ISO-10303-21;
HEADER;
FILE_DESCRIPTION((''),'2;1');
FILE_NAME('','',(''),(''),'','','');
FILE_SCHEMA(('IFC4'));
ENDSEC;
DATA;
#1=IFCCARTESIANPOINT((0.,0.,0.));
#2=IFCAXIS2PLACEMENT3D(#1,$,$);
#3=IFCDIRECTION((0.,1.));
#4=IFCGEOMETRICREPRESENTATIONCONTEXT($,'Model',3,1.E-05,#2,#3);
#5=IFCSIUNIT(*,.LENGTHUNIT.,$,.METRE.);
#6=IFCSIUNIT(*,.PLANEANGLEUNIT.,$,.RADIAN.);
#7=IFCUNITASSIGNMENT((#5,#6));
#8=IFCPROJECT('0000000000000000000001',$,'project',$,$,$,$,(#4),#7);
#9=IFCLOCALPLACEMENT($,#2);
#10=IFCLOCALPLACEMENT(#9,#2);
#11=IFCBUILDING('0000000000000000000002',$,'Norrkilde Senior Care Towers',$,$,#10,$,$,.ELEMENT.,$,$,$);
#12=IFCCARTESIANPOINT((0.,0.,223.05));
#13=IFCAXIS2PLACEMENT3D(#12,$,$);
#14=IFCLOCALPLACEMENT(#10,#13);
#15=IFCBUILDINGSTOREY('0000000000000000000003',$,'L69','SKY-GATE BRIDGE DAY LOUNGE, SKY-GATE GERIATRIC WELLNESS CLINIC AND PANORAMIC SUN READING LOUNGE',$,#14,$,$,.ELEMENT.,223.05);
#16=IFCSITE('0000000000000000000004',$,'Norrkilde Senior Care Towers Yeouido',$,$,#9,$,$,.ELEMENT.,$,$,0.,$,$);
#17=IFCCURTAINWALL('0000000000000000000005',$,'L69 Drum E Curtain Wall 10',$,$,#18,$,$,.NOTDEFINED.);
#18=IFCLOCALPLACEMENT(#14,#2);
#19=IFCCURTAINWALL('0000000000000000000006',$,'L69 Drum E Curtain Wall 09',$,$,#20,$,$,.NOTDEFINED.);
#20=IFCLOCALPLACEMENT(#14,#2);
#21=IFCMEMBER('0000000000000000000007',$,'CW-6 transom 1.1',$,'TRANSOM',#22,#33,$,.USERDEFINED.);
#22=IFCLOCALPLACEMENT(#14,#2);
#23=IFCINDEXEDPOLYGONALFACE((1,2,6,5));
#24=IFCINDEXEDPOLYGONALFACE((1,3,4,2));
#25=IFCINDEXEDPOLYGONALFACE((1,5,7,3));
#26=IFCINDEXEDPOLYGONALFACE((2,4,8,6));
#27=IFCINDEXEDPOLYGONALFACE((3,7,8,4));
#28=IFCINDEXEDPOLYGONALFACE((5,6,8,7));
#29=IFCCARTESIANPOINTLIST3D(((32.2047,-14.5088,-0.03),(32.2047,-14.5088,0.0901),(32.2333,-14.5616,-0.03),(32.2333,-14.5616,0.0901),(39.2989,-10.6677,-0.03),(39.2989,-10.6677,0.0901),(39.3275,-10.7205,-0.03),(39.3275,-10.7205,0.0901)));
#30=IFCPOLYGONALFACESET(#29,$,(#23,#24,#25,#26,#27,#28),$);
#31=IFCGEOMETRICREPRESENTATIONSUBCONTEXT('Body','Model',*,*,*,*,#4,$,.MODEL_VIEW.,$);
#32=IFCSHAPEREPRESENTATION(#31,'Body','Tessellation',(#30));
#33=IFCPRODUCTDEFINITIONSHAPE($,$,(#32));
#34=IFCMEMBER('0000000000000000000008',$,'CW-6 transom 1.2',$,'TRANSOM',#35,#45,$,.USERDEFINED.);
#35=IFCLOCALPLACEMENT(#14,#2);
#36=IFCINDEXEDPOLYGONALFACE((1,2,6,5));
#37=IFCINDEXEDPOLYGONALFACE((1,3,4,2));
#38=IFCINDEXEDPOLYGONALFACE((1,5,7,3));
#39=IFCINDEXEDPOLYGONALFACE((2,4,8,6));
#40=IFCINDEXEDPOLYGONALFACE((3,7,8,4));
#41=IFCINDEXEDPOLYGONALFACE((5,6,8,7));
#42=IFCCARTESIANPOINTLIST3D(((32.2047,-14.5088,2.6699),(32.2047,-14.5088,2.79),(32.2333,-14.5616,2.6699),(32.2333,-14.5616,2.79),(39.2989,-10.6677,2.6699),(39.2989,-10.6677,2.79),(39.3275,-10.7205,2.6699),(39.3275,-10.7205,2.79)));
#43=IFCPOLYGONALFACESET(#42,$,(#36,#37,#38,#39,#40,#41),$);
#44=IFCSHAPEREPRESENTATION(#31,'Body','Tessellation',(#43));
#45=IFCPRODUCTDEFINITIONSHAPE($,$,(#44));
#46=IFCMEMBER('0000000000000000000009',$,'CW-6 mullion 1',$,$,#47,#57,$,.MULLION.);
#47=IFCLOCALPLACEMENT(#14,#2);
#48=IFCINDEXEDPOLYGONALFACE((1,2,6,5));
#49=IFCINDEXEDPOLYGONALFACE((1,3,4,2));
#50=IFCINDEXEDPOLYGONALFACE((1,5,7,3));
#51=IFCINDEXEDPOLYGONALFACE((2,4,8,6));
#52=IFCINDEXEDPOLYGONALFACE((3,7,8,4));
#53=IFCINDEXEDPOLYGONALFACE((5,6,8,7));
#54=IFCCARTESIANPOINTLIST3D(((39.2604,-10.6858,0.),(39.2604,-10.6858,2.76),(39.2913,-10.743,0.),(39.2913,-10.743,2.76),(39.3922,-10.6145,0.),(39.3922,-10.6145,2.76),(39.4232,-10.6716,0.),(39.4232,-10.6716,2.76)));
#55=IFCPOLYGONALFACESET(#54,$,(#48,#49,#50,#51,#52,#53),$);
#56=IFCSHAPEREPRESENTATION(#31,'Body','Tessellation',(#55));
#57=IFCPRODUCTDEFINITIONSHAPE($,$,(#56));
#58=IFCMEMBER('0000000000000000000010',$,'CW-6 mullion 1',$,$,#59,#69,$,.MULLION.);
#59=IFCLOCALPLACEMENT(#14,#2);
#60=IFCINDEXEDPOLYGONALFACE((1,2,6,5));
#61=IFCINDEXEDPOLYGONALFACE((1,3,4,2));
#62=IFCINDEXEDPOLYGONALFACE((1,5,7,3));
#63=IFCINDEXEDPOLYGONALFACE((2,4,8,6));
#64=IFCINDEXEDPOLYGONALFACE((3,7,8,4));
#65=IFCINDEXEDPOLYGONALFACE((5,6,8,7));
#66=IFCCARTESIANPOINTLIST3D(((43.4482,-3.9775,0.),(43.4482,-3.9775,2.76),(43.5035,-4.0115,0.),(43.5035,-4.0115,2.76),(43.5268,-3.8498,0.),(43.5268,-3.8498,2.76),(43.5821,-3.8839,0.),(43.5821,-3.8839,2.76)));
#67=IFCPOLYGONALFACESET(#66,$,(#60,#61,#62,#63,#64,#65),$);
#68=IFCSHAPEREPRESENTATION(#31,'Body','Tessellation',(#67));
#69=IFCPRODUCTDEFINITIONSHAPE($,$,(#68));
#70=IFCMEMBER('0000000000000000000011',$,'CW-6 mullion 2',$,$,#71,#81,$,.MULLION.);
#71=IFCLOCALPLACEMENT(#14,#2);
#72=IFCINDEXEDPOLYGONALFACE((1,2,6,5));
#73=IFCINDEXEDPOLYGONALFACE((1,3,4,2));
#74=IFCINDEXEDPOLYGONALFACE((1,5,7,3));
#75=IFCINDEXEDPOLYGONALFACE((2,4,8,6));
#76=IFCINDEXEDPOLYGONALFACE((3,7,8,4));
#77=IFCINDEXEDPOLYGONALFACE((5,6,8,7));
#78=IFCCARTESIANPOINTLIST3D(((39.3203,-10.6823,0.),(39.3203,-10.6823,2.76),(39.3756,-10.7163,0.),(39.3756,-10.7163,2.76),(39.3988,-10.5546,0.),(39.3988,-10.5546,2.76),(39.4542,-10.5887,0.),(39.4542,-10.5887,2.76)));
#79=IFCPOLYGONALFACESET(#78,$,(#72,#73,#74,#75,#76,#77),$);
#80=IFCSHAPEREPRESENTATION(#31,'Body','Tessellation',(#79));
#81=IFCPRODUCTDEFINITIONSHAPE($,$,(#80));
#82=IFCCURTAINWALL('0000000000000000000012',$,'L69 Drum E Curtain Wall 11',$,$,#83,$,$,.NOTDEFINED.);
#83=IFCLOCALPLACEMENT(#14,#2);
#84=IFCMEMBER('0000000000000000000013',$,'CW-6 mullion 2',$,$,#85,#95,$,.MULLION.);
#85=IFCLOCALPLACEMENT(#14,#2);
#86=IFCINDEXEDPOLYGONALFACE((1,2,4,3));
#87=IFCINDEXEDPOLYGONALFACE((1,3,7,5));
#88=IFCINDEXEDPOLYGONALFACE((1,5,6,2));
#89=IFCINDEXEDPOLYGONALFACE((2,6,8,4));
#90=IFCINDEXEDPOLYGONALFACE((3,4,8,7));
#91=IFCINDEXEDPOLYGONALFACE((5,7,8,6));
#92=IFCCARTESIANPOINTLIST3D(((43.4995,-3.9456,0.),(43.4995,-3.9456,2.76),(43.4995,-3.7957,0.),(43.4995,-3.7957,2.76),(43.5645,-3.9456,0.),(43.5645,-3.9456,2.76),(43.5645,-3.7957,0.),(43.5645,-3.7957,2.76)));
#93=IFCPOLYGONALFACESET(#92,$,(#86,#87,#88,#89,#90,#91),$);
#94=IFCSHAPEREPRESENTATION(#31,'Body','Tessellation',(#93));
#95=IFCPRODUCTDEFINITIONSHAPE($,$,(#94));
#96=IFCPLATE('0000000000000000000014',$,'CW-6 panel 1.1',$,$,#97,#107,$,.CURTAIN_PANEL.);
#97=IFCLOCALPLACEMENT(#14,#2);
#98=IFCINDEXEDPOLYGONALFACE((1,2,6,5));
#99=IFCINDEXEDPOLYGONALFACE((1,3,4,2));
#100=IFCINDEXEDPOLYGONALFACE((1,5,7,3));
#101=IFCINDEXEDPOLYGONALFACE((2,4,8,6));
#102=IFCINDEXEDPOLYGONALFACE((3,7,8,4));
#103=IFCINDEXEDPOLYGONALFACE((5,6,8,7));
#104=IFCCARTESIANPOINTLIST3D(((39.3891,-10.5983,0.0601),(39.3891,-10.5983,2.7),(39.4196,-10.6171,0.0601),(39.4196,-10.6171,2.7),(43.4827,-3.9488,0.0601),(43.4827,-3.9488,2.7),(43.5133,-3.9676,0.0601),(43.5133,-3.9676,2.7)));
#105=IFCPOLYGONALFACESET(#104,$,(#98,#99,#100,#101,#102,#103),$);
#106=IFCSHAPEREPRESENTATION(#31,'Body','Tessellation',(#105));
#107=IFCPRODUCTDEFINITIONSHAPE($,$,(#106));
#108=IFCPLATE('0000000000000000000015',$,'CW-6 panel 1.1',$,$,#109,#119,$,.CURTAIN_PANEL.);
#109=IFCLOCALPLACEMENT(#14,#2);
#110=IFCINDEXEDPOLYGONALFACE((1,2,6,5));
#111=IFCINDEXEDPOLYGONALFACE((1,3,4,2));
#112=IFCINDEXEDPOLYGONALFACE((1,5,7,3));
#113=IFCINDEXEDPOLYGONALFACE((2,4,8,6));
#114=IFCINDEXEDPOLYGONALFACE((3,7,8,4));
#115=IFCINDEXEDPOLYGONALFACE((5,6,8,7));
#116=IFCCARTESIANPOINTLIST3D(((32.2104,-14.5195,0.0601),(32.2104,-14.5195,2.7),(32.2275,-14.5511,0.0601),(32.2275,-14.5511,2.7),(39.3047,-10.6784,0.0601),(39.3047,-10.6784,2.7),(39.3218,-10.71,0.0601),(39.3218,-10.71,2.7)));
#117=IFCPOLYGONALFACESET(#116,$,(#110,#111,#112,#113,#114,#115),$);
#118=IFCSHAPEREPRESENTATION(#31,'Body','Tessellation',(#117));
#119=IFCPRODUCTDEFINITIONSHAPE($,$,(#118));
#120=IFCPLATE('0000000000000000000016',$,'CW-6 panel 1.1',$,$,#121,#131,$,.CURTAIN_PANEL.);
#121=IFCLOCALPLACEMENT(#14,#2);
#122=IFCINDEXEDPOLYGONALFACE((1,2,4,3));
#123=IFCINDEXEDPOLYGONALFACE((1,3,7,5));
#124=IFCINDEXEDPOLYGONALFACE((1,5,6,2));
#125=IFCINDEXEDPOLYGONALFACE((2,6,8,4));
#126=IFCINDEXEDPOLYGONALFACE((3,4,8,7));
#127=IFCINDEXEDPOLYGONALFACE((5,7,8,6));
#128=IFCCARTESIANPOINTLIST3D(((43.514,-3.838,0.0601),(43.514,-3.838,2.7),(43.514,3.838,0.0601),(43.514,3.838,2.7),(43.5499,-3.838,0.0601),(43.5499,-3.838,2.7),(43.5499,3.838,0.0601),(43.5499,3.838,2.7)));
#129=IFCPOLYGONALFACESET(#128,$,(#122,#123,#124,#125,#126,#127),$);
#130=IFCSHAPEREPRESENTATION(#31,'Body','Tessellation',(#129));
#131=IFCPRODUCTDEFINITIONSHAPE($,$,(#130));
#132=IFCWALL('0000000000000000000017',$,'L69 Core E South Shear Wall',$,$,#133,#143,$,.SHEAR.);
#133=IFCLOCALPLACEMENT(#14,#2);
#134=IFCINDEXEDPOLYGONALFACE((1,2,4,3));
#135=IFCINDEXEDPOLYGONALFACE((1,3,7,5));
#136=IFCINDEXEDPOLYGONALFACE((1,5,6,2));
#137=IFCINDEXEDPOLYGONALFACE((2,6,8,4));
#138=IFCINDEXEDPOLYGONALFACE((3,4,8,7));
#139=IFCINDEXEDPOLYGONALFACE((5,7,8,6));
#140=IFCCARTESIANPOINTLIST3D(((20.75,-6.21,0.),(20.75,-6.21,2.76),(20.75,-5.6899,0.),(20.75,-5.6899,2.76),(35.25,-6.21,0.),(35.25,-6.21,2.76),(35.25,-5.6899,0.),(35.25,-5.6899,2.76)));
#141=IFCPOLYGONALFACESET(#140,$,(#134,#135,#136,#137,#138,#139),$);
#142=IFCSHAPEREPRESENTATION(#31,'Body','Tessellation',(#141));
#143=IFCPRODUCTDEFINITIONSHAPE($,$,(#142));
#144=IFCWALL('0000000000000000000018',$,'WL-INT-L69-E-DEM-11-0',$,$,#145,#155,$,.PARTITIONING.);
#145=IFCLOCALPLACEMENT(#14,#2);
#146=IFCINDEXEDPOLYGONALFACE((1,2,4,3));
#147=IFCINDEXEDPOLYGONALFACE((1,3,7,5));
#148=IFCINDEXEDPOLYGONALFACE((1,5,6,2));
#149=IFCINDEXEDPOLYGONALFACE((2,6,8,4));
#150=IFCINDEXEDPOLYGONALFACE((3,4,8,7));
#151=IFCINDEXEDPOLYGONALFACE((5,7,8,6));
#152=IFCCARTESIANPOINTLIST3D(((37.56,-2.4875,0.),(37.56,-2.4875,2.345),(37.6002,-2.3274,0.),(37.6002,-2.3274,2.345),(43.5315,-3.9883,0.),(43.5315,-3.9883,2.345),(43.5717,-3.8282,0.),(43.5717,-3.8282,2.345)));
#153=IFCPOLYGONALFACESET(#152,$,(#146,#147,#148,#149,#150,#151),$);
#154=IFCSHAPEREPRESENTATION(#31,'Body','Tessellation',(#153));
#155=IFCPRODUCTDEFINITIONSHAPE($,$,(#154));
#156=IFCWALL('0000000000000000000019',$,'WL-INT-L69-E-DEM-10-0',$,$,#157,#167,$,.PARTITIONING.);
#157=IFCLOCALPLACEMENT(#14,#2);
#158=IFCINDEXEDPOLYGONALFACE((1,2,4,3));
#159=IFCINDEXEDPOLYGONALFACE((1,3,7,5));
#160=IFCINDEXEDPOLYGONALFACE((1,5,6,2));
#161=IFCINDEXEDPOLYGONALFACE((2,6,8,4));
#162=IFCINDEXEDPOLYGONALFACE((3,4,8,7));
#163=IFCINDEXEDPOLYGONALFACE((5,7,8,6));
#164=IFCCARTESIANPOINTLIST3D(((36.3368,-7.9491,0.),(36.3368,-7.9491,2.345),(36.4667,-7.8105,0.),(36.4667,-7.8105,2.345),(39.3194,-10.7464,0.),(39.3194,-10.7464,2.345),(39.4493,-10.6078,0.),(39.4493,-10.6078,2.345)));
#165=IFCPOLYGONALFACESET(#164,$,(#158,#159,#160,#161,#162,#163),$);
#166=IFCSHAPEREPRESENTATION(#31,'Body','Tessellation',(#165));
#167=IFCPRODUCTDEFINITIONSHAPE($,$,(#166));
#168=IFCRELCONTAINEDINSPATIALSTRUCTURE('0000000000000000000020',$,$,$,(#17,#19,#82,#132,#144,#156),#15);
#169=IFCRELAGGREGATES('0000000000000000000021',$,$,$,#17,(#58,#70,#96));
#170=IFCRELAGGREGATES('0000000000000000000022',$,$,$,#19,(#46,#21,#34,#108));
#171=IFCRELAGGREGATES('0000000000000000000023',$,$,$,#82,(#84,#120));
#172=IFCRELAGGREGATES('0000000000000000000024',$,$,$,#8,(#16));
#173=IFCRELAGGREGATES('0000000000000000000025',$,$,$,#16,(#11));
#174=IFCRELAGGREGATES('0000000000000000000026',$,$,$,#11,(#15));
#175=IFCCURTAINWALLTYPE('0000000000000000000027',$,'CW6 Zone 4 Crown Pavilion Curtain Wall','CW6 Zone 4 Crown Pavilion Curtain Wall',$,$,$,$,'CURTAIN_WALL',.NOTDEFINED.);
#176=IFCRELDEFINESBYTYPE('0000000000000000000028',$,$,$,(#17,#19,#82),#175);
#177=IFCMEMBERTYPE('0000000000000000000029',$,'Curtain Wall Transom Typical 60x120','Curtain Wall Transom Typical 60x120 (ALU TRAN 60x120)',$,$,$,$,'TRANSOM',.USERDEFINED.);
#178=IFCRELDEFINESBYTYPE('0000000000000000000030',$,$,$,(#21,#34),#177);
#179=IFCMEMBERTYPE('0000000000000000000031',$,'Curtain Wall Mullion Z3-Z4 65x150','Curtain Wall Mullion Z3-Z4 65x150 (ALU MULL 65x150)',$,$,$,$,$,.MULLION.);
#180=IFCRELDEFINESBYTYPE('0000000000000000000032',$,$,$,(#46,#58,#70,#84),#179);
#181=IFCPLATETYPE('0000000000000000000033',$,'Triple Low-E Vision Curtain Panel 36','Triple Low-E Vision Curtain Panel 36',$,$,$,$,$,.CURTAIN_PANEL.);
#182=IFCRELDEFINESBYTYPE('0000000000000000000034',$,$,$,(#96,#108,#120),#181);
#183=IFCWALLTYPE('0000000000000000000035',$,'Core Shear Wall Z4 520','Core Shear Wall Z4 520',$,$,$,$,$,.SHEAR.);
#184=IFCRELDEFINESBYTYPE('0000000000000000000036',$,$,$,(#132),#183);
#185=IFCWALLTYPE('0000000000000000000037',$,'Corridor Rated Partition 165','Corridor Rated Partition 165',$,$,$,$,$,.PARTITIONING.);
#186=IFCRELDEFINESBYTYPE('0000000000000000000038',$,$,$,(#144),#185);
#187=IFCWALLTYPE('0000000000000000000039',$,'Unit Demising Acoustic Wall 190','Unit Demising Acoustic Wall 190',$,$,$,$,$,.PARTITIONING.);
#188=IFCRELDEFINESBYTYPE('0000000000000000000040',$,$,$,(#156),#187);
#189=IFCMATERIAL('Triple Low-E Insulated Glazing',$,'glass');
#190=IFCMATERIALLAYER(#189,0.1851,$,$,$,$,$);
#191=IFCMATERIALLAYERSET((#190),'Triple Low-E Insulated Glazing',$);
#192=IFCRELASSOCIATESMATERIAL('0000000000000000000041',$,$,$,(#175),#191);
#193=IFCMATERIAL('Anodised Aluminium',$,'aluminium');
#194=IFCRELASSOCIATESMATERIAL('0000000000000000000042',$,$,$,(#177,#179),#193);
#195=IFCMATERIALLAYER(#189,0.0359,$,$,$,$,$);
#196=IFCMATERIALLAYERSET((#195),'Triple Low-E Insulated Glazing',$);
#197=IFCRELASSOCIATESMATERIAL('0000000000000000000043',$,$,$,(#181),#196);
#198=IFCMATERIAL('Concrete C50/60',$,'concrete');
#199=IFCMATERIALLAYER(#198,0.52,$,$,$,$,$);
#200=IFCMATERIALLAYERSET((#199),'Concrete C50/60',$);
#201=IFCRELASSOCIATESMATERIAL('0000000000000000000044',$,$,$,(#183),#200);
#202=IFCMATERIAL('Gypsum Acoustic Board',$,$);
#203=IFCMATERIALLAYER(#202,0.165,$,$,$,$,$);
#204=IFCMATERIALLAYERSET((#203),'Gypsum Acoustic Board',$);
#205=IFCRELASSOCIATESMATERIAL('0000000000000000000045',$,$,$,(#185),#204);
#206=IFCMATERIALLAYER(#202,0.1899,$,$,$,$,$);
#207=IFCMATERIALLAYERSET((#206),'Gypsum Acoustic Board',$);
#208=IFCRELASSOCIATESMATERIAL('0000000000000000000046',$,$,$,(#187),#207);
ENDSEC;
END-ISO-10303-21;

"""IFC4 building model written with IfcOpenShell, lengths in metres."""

from ifc_helpers import new_model, si_unit, direction, frame, frame_2d, origin, origin_2d, place, context, subcontext, project, spatial, rectangle, extrude, source, transform, mapped, material, layer, layer_set, material_profile, profile_set, type_object, type_shapes, element, aggregate, save


model = new_model("IFC4")

# Units and contexts
model_context = context("Model", 3, precision=1e-05, world=origin(), true_north=direction((0.0, 1.0)))
body_context = subcontext(model_context, "Body", "Model", "MODEL_VIEW")
ifc_project = project(units=[si_unit("LENGTHUNIT", "METRE"), si_unit("PLANEANGLEUNIT", "RADIAN")], contexts=[model_context])

# Site, building, storey
site_placement = place(None, origin())
site = spatial("IfcSite", under=ifc_project, at=site_placement, Name="Norrkilde Senior Care Towers Yeouido", CompositionType="ELEMENT", RefElevation=0.0)
building_placement = place(site_placement, origin())
building = spatial("IfcBuilding", under=site, at=building_placement, Name="Norrkilde Senior Care Towers", CompositionType="ELEMENT")
storey_placement = place(building_placement, frame((0.0, 0.0, 223.05)))
storey = spatial("IfcBuildingStorey", under=building, at=storey_placement, Name="L69", Description="SKY-GATE BRIDGE DAY LOUNGE, SKY-GATE GERIATRIC WELLNESS CLINIC AND PANORAMIC SUN READING LOUNGE", CompositionType="ELEMENT", Elevation=223.05)

# Shared definitions
ifc_material_1 = material(Name="Concrete C50/60", Category="concrete")

# Curtain walls, members
ifc_material_2 = material(Name="Triple Low-E Insulated Glazing", Category="glass")
ifc_layer_1 = layer(ifc_material_2, 0.1851)
ifc_layer_set_1 = layer_set([ifc_layer_1], Name="Triple Low-E Insulated Glazing")
curtain_wall_type = type_object("IfcCurtainWallType", Name="CW6 Zone 4 Crown Pavilion Curtain Wall", Description="CW6 Zone 4 Crown Pavilion Curtain Wall", ElementType="CURTAIN_WALL", PredefinedType="NOTDEFINED", material=ifc_layer_set_1)
curtain_wall_1_placement = place(storey_placement, origin())
curtain_wall_1 = element("IfcCurtainWall", 1, at=curtain_wall_1_placement, inside=storey, type_object=curtain_wall_type, Name="L69 Drum E Curtain Wall 10", PredefinedType="NOTDEFINED")
ifc_material_3 = material(Name="Anodised Aluminium", Category="aluminium")
ifc_material_profile_1 = material_profile(ifc_material_3, rectangle(XDim=0.0601, YDim=0.1201, at=origin_2d()), Name="ALU TRAN 60x120")
ifc_profile_set_1 = profile_set([ifc_material_profile_1], Name="Anodised Aluminium")
member_type_1 = type_object("IfcMemberType", Name="Curtain Wall Transom Typical 60x120", Description="Curtain Wall Transom Typical 60x120 (ALU TRAN 60x120)", ElementType="TRANSOM", PredefinedType="USERDEFINED", material=ifc_profile_set_1)
curtain_wall_2_placement = place(storey_placement, origin())
curtain_wall_2 = element("IfcCurtainWall", 2, at=curtain_wall_2_placement, inside=storey, type_object=curtain_wall_type, Name="L69 Drum E Curtain Wall 09", PredefinedType="NOTDEFINED")
shared_shape_1 = source(origin(), body_context, "Body", "SweptSolid", [
    extrude(rectangle(XDim=0.0601, YDim=0.1201, at=origin_2d()), origin(), (0.0, 0.0, 1.0), 8.0674),
])
member_1_placement = place(storey_placement, frame((39.3132, -10.6941, 0.03), z_axis=(-0.879378, -0.476125, 0.0), x_axis=(0.476125, -0.879378, 0.0)))
member_1 = element("IfcMember", 3, at=member_1_placement, type_object=member_type_1, Name="CW-6 transom 1.1", ObjectType="TRANSOM", PredefinedType="USERDEFINED", context=body_context, shape_type="MappedRepresentation", body=[
    mapped(shared_shape_1, transform((0.0, 0.0, 0.0), x_axis=(1.0, 0.0, 0.0), y_axis=(0.0, 1.0, 0.0), z_axis=(0.0, 0.0, 1.0), scale=1.0)),
])
member_2_placement = place(storey_placement, frame((39.3132, -10.6941, 2.73), z_axis=(-0.879378, -0.476125, 0.0), x_axis=(0.476125, -0.879378, 0.0)))
member_2 = element("IfcMember", 4, at=member_2_placement, type_object=member_type_1, Name="CW-6 transom 1.2", ObjectType="TRANSOM", PredefinedType="USERDEFINED", context=body_context, shape_type="MappedRepresentation", body=[
    mapped(shared_shape_1, transform((0.0, 0.0, 0.0), x_axis=(1.0, 0.0, 0.0), y_axis=(0.0, 1.0, 0.0), z_axis=(0.0, 0.0, 1.0), scale=1.0)),
])
ifc_material_profile_2 = material_profile(ifc_material_3, rectangle(XDim=0.0649, YDim=0.1499, at=origin_2d()), Name="ALU MULL 65x150")
ifc_profile_set_2 = profile_set([ifc_material_profile_2], Name="Anodised Aluminium")
member_type_2 = type_object("IfcMemberType", Name="Curtain Wall Mullion Z3-Z4 65x150", Description="Curtain Wall Mullion Z3-Z4 65x150 (ALU MULL 65x150)", PredefinedType="MULLION", material=ifc_profile_set_2)
shared_shape_2 = source(origin(), body_context, "Body", "SweptSolid", [
    extrude(rectangle(XDim=0.0649, YDim=0.1499, at=origin_2d()), origin(), (0.0, 0.0, 1.0), 2.76),
])
type_shapes(member_type_2, [shared_shape_2])
member_3_placement = place(storey_placement, frame((39.3418, -10.6787, 0.0), z_axis=(0.0, 0.0, 1.0), x_axis=(0.476133, -0.879373, 0.0)))
member_3 = element("IfcMember", 5, at=member_3_placement, type_object=member_type_2, Name="CW-6 mullion 1", PredefinedType="MULLION", context=body_context, shape_type="MappedRepresentation", body=[
    mapped(shared_shape_2, transform((0.0, 0.0, 0.0), x_axis=(1.0, 0.0, 0.0), y_axis=(0.0, 1.0, 0.0), z_axis=(0.0, 0.0, 1.0), scale=1.0)),
])

# Members
member_4_placement = place(storey_placement, frame((43.5151, -3.9307, 0.0), z_axis=(0.0, 0.0, 1.0), x_axis=(0.851563, -0.524253, 0.0)))
member_4 = element("IfcMember", 6, at=member_4_placement, type_object=member_type_2, Name="CW-6 mullion 1", PredefinedType="MULLION", context=body_context, shape_type="MappedRepresentation", body=[
    mapped(shared_shape_2, transform((0.0, 0.0, 0.0), x_axis=(1.0, 0.0, 0.0), y_axis=(0.0, 1.0, 0.0), z_axis=(0.0, 0.0, 1.0), scale=1.0)),
])
member_5_placement = place(storey_placement, frame((39.3872, -10.6355, 0.0), z_axis=(0.0, 0.0, 1.0), x_axis=(0.851563, -0.524253, 0.0)))
member_5 = element("IfcMember", 7, at=member_5_placement, type_object=member_type_2, Name="CW-6 mullion 2", PredefinedType="MULLION", context=body_context, shape_type="MappedRepresentation", body=[
    mapped(shared_shape_2, transform((0.0, 0.0, 0.0), x_axis=(1.0, 0.0, 0.0), y_axis=(0.0, 1.0, 0.0), z_axis=(0.0, 0.0, 1.0), scale=1.0)),
])

# Curtain wall, member
curtain_wall_3_placement = place(storey_placement, origin())
curtain_wall_3 = element("IfcCurtainWall", 8, at=curtain_wall_3_placement, inside=storey, type_object=curtain_wall_type, Name="L69 Drum E Curtain Wall 11", PredefinedType="NOTDEFINED")
member_6_placement = place(storey_placement, frame((43.532, -3.8706, 0.0), z_axis=(0.0, 0.0, 1.0), x_axis=(1.0, 0.0, 0.0)))
member_6 = element("IfcMember", 9, at=member_6_placement, type_object=member_type_2, Name="CW-6 mullion 2", PredefinedType="MULLION", context=body_context, shape_type="MappedRepresentation", body=[
    mapped(shared_shape_2, transform((0.0, 0.0, 0.0), x_axis=(1.0, 0.0, 0.0), y_axis=(0.0, 1.0, 0.0), z_axis=(0.0, 0.0, 1.0), scale=1.0)),
])

# Plates
ifc_layer_2 = layer(ifc_material_2, 0.0359)
ifc_layer_set_2 = layer_set([ifc_layer_2], Name="Triple Low-E Insulated Glazing")
plate_type = type_object("IfcPlateType", Name="Triple Low-E Vision Curtain Panel 36", Description="Triple Low-E Vision Curtain Panel 36", PredefinedType="CURTAIN_PANEL", material=ifc_layer_set_2)
shared_shape_3 = source(origin(), body_context, "Body", "SweptSolid", [
    extrude(rectangle(XDim=7.8086, YDim=0.0359, at=origin_2d()), origin(), (0.0, 0.0, 1.0), 2.6399),
])
plate_1_placement = place(storey_placement, frame((41.4512, -7.283, 0.0601), z_axis=(0.0, 0.0, 1.0), x_axis=(-0.524253, -0.851563, 0.0)))
plate_1 = element("IfcPlate", 10, at=plate_1_placement, type_object=plate_type, Name="CW-6 panel 1.1", PredefinedType="CURTAIN_PANEL", context=body_context, shape_type="MappedRepresentation", body=[
    mapped(shared_shape_3, transform((0.0, 0.0, 0.0), x_axis=(1.0, 0.0, 0.0), y_axis=(0.0, 1.0, 0.0), z_axis=(0.0, 0.0, 1.0), scale=1.0)),
])
aggregate(curtain_wall_1, [member_4, member_5, plate_1])
shared_shape_4 = source(origin(), body_context, "Body", "SweptSolid", [
    extrude(rectangle(XDim=8.0674, YDim=0.0359, at=origin_2d()), origin(), (0.0, 0.0, 1.0), 2.6399),
])
plate_2_placement = place(storey_placement, frame((35.7661, -12.6147, 0.0601), z_axis=(0.0, 0.0, 1.0), x_axis=(-0.879373, -0.476133, 0.0)))
plate_2 = element("IfcPlate", 11, at=plate_2_placement, type_object=plate_type, Name="CW-6 panel 1.1", PredefinedType="CURTAIN_PANEL", context=body_context, shape_type="MappedRepresentation", body=[
    mapped(shared_shape_4, transform((0.0, 0.0, 0.0), x_axis=(1.0, 0.0, 0.0), y_axis=(0.0, 1.0, 0.0), z_axis=(0.0, 0.0, 1.0), scale=1.0)),
])
aggregate(curtain_wall_2, [member_3, member_1, member_2, plate_2])
shared_shape_5 = source(origin(), body_context, "Body", "SweptSolid", [
    extrude(rectangle(XDim=7.676, YDim=0.0359, at=origin_2d()), origin(), (0.0, 0.0, 1.0), 2.6399),
])
type_shapes(plate_type, [shared_shape_3, shared_shape_4, shared_shape_5])
plate_3_placement = place(storey_placement, frame((43.532, 0.0, 0.0601), z_axis=(0.0, 0.0, 1.0), x_axis=(0.0, -1.0, 0.0)))
plate_3 = element("IfcPlate", 12, at=plate_3_placement, type_object=plate_type, Name="CW-6 panel 1.1", PredefinedType="CURTAIN_PANEL", context=body_context, shape_type="MappedRepresentation", body=[
    mapped(shared_shape_5, transform((0.0, 0.0, 0.0), x_axis=(1.0, 0.0, 0.0), y_axis=(0.0, 1.0, 0.0), z_axis=(0.0, 0.0, 1.0), scale=1.0)),
])
aggregate(curtain_wall_3, [member_6, plate_3])

# Walls
ifc_layer_3 = layer(ifc_material_1, 0.52)
ifc_layer_set_3 = layer_set([ifc_layer_3], Name="Concrete C50/60")
wall_type_1 = type_object("IfcWallType", Name="Core Shear Wall Z4 520", Description="Core Shear Wall Z4 520", PredefinedType="SHEAR", material=ifc_layer_set_3)
shared_shape_6 = source(origin(), body_context, "Body", "SweptSolid", [
    extrude(rectangle(XDim=14.5, YDim=0.52, at=frame_2d((7.25, 0.0))), origin(), (0.0, 0.0, 1.0), 2.76),
])
type_shapes(wall_type_1, [shared_shape_6])
wall_1_placement = place(storey_placement, frame((35.25, -5.95, 0.0), z_axis=(0.0, 0.0, 1.0), x_axis=(-1.0, 0.0, 0.0)))
element("IfcWall", 13, at=wall_1_placement, inside=storey, type_object=wall_type_1, Name="L69 Core E South Shear Wall", PredefinedType="SHEAR", context=body_context, shape_type="MappedRepresentation", body=[
    mapped(shared_shape_6, transform((0.0, 0.0, 0.0), x_axis=(1.0, 0.0, 0.0), y_axis=(0.0, 1.0, 0.0), z_axis=(0.0, 0.0, 1.0), scale=1.0)),
])
ifc_material_4 = material(Name="Gypsum Acoustic Board")
ifc_layer_4 = layer(ifc_material_4, 0.165)
ifc_layer_set_4 = layer_set([ifc_layer_4], Name="Gypsum Acoustic Board")
wall_type_2 = type_object("IfcWallType", Name="Corridor Rated Partition 165", Description="Corridor Rated Partition 165", PredefinedType="PARTITIONING", material=ifc_layer_set_4)
shared_shape_7 = source(origin(), body_context, "Body", "SweptSolid", [
    extrude(rectangle(XDim=6.1572, YDim=0.165, at=frame_2d((3.0786, 0.0))), origin(), (0.0, 0.0, 1.0), 2.345),
])
wall_2_placement = place(storey_placement, frame((37.5801, -2.4075, 0.0), z_axis=(0.0, 0.0, 1.0), x_axis=(0.969841, -0.243739, 0.0)))
element("IfcWall", 14, at=wall_2_placement, inside=storey, type_object=wall_type_2, Name="WL-INT-L69-E-DEM-11-0", PredefinedType="PARTITIONING", context=body_context, shape_type="MappedRepresentation", body=[
    mapped(shared_shape_7, transform((0.0, 0.0, 0.0), x_axis=(1.0, 0.0, 0.0), y_axis=(0.0, 1.0, 0.0), z_axis=(0.0, 0.0, 1.0), scale=1.0)),
])
ifc_layer_5 = layer(ifc_material_4, 0.1899)
ifc_layer_set_5 = layer_set([ifc_layer_5], Name="Gypsum Acoustic Board")
wall_type_3 = type_object("IfcWallType", Name="Unit Demising Acoustic Wall 190", Description="Unit Demising Acoustic Wall 190", PredefinedType="PARTITIONING", material=ifc_layer_set_5)
shared_shape_8 = source(origin(), body_context, "Body", "SweptSolid", [
    extrude(rectangle(XDim=4.0891, YDim=0.1899, at=frame_2d((2.0444, 0.0))), origin(), (0.0, 0.0, 1.0), 2.345),
])
type_shapes(wall_type_3, [shared_shape_8])
wall_3_placement = place(storey_placement, frame((36.4019, -7.8799, 0.0), z_axis=(0.0, 0.0, 1.0), x_axis=(0.729401, -0.684086, 0.0)))
element("IfcWall", 15, at=wall_3_placement, inside=storey, type_object=wall_type_3, Name="WL-INT-L69-E-DEM-10-0", PredefinedType="PARTITIONING", context=body_context, shape_type="MappedRepresentation", body=[
    mapped(shared_shape_8, transform((0.0, 0.0, 0.0), x_axis=(1.0, 0.0, 0.0), y_axis=(0.0, 1.0, 0.0), z_axis=(0.0, 0.0, 1.0), scale=1.0)),
])

save(model, "model.ifc")
